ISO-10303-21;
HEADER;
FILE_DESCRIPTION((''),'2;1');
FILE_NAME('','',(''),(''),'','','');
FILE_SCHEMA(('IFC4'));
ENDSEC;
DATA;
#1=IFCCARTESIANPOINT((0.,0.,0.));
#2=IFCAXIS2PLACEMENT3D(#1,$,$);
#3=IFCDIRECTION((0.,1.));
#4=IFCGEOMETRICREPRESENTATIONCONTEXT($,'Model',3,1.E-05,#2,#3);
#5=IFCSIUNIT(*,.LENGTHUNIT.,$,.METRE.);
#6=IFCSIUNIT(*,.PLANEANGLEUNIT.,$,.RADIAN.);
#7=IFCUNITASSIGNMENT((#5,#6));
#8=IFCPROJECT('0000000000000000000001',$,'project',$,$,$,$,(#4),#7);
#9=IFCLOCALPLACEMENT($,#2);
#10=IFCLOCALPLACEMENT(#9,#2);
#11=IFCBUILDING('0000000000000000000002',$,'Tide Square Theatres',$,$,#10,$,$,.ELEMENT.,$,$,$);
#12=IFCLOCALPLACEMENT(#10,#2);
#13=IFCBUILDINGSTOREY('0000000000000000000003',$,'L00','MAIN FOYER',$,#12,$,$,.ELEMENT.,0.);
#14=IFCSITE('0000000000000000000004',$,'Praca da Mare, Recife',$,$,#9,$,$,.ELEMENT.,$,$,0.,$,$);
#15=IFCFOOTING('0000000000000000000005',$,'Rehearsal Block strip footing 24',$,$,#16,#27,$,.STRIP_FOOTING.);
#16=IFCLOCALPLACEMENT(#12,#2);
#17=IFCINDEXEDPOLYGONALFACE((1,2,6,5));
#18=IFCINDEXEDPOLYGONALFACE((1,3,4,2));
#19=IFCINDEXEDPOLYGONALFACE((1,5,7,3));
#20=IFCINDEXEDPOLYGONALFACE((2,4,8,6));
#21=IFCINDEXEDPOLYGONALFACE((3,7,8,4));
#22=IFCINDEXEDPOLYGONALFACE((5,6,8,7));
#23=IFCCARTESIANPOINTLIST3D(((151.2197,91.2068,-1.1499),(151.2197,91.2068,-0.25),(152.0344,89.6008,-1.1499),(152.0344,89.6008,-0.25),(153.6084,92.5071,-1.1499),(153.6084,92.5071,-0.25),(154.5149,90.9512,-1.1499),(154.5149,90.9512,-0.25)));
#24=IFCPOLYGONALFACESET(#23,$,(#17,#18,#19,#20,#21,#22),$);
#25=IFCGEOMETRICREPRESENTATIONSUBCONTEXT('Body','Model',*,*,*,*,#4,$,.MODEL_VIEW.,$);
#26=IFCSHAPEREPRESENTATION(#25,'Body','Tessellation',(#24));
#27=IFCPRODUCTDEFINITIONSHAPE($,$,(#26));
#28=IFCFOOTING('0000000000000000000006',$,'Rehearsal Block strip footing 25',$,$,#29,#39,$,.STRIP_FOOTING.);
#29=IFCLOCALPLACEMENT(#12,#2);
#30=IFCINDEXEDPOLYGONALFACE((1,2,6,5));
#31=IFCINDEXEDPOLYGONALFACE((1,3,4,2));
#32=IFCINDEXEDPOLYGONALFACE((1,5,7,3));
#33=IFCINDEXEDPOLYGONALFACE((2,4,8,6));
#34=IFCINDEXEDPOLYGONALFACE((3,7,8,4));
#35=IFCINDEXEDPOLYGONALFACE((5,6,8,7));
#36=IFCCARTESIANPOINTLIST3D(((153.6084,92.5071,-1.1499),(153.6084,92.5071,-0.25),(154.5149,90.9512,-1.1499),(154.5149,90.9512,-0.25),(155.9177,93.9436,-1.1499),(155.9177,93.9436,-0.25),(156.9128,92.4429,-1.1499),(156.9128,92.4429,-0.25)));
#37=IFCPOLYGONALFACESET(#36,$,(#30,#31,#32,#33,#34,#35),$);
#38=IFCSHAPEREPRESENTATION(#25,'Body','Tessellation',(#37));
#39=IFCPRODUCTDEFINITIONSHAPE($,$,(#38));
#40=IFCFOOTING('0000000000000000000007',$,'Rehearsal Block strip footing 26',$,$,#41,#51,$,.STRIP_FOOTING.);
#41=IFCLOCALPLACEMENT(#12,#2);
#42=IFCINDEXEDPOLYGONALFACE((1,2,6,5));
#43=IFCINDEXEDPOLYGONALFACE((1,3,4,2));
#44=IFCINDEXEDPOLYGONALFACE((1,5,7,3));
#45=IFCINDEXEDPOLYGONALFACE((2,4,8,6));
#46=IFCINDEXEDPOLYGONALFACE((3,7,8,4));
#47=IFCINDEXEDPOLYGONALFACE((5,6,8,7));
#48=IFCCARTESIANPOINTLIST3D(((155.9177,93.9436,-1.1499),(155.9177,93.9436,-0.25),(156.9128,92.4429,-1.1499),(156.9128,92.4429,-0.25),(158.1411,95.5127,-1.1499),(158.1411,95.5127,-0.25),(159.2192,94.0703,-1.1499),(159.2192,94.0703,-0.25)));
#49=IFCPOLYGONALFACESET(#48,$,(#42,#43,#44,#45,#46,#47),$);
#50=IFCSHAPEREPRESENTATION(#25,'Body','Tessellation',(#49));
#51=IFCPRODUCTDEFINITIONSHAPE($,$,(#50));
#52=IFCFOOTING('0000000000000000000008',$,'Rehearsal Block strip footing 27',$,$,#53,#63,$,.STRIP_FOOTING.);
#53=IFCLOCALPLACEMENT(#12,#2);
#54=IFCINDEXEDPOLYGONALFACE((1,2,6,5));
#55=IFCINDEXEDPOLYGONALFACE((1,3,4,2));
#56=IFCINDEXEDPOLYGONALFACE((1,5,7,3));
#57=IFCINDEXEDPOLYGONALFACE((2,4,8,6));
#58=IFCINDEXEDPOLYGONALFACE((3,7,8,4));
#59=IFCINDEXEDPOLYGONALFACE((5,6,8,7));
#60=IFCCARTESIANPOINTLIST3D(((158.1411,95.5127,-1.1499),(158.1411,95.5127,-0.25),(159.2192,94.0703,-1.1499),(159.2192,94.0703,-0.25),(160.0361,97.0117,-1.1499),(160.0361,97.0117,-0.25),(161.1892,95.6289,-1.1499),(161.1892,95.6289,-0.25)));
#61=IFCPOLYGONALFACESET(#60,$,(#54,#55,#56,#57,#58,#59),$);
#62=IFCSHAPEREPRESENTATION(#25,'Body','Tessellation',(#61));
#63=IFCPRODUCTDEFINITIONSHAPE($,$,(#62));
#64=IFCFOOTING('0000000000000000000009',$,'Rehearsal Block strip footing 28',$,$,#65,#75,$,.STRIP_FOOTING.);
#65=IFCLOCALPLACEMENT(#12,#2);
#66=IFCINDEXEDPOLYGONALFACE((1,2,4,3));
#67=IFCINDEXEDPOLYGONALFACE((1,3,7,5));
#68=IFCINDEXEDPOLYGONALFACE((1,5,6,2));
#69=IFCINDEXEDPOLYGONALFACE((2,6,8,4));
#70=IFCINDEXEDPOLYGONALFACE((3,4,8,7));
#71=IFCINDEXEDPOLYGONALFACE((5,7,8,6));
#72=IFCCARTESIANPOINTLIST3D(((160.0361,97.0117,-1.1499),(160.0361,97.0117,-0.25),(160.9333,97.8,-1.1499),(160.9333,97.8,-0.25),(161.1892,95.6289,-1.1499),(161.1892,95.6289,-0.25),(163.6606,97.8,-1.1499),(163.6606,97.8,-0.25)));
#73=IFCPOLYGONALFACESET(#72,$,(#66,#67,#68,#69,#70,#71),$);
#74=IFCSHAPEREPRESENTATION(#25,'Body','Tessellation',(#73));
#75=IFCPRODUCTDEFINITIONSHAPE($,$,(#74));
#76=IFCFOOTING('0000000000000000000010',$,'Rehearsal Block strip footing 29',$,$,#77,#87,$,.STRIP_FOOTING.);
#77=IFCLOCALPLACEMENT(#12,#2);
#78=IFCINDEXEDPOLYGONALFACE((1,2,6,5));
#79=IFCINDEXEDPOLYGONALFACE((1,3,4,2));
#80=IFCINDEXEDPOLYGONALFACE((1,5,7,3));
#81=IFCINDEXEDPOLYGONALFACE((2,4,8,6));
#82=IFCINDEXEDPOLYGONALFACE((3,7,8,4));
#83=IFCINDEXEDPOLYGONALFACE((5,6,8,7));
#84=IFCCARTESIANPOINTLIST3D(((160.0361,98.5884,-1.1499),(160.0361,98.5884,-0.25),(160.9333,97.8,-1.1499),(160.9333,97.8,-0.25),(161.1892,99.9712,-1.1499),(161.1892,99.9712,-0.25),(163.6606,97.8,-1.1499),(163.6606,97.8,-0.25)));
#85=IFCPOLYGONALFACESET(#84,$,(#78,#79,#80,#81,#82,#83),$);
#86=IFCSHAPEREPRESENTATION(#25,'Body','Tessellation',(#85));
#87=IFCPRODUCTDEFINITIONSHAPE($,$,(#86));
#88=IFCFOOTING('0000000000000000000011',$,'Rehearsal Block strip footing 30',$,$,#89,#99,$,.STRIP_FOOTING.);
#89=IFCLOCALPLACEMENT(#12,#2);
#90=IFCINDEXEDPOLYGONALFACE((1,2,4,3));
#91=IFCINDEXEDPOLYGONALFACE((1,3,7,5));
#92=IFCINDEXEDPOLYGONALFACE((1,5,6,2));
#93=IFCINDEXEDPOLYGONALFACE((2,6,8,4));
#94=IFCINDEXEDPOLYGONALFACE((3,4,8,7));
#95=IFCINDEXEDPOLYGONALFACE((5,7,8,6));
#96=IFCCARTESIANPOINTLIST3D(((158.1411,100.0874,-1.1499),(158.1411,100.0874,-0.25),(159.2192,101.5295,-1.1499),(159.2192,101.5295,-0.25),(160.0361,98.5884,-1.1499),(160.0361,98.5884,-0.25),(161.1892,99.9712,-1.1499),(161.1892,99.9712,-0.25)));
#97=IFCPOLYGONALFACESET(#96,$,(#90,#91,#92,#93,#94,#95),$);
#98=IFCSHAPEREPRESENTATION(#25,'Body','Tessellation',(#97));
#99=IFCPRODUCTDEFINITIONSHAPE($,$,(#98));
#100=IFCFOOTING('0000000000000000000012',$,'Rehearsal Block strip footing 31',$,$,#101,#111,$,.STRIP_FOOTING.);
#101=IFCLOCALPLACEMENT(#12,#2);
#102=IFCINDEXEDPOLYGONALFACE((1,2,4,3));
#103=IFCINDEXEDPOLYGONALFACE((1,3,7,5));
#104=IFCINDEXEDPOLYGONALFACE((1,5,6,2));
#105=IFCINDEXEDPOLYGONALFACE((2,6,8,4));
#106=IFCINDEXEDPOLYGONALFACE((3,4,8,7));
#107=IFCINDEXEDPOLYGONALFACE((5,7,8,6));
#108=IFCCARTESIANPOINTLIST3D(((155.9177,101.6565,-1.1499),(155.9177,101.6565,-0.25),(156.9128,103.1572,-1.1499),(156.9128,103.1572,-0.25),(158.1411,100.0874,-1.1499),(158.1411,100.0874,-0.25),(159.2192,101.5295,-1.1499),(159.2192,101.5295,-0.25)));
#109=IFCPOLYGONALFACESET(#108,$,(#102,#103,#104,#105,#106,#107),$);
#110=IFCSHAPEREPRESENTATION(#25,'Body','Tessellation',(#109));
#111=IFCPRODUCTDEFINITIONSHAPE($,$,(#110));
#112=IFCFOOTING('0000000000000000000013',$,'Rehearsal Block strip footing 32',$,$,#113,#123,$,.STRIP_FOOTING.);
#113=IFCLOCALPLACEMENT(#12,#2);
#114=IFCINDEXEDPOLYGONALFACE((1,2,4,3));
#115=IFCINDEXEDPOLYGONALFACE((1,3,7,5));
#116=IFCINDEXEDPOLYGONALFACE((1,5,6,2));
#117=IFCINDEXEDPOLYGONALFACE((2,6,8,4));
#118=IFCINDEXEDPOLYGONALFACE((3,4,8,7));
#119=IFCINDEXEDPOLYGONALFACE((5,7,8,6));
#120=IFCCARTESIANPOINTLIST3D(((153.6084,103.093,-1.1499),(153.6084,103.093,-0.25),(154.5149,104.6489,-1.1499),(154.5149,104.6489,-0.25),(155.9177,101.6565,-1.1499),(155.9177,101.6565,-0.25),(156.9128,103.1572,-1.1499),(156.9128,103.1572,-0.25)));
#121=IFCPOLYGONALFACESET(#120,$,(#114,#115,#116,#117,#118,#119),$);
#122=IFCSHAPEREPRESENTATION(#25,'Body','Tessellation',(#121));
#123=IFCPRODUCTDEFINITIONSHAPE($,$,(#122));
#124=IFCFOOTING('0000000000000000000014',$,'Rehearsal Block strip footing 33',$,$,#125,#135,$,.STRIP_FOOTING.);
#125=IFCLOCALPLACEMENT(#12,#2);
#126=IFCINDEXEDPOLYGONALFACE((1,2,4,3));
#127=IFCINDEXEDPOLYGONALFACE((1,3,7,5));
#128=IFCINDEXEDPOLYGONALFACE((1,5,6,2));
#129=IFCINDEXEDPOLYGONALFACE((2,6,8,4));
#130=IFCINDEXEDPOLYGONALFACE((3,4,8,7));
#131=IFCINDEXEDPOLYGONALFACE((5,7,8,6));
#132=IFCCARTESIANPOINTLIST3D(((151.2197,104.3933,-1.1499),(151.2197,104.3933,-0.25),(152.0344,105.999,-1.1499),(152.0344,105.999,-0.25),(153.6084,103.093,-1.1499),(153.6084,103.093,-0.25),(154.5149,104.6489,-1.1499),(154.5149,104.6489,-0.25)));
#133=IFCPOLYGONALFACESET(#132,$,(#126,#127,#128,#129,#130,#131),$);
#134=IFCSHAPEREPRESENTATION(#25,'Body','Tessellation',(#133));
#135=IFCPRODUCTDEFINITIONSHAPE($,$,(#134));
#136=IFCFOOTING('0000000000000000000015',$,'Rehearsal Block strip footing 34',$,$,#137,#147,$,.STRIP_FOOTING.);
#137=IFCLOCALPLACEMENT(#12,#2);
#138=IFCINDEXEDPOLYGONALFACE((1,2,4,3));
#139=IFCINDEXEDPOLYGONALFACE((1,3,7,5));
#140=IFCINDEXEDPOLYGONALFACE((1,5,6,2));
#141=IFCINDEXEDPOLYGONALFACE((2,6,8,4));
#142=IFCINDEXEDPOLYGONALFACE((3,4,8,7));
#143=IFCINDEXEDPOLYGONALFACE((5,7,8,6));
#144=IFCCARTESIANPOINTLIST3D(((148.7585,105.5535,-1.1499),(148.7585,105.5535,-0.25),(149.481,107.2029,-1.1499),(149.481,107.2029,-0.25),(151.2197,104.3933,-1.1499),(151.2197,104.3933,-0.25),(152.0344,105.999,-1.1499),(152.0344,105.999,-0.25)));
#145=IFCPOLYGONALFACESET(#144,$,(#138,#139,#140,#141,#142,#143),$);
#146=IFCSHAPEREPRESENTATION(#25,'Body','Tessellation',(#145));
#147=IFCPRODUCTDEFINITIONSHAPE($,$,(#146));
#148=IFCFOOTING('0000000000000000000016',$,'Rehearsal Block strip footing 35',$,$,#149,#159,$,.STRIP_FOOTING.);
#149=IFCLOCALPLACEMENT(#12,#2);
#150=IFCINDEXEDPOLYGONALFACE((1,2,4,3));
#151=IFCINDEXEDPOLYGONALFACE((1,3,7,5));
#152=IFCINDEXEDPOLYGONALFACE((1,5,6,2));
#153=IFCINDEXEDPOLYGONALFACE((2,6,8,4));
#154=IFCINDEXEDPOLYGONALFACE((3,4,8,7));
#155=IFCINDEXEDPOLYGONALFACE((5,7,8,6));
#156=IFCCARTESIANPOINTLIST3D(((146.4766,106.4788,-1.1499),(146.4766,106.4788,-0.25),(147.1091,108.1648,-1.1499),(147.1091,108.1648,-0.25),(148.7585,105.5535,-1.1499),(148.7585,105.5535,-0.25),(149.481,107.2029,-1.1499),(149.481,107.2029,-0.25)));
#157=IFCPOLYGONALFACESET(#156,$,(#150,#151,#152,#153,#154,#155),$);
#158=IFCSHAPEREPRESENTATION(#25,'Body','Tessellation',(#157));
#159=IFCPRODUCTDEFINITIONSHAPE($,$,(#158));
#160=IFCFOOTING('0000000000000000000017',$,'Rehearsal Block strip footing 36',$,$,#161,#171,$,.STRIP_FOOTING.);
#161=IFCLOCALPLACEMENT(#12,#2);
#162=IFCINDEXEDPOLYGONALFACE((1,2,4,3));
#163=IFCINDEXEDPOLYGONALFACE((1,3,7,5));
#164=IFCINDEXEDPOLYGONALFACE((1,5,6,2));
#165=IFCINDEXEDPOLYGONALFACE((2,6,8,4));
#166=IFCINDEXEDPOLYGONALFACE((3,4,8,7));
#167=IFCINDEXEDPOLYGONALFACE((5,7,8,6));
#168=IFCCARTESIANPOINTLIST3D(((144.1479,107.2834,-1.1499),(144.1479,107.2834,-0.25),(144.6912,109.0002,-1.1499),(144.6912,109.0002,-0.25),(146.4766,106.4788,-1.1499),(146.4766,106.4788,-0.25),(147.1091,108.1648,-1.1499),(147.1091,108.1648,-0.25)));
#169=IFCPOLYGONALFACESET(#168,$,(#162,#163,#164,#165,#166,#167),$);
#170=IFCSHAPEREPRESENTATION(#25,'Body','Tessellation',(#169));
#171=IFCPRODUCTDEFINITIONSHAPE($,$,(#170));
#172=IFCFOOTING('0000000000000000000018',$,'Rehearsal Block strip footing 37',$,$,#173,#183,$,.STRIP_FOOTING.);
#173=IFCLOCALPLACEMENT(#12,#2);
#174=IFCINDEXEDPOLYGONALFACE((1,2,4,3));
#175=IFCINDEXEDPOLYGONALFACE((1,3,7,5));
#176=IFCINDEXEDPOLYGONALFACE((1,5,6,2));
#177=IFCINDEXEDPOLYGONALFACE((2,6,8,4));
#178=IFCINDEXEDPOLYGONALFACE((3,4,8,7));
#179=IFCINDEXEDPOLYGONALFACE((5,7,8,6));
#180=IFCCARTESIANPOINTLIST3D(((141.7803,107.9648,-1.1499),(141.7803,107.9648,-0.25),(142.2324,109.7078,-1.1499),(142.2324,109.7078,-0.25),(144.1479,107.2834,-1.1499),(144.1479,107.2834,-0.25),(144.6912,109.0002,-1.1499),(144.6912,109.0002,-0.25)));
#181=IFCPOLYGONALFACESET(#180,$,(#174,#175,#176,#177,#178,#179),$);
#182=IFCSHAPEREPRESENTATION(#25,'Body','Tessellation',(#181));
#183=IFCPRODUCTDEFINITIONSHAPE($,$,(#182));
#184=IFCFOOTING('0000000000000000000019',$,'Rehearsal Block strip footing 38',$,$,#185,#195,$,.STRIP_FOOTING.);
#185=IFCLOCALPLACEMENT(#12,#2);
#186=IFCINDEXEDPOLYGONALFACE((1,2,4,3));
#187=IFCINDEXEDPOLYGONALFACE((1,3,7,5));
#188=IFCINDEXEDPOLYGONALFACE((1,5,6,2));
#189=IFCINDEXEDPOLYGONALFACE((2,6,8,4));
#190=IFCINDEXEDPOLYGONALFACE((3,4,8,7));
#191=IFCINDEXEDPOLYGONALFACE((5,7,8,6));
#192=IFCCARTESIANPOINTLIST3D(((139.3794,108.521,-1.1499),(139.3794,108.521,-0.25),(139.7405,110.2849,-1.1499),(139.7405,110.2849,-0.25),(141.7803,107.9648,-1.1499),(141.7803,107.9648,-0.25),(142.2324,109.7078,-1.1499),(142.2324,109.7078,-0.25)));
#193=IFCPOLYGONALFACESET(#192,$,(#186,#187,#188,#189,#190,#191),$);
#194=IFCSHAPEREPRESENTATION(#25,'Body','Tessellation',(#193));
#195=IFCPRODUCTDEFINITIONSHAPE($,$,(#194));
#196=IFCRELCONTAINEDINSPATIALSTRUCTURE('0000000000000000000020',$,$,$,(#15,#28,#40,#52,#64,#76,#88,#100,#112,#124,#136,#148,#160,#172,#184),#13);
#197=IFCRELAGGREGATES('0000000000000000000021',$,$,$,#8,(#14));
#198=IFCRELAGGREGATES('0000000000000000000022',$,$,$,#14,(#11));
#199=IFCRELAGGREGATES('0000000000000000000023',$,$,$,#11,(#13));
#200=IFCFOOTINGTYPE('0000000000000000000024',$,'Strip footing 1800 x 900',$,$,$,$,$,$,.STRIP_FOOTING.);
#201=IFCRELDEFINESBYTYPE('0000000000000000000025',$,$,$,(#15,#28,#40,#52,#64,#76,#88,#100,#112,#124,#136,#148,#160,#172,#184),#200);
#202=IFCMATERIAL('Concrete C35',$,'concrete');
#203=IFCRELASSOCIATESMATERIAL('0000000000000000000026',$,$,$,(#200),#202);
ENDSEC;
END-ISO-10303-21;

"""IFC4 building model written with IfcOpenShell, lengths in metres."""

from ifc_helpers import new_model, si_unit, direction, frame, origin, place, context, subcontext, project, spatial, polyline, outline, extrude, material, type_object, element, save


model = new_model("IFC4")

# Units and contexts
model_context = context("Model", 3, precision=1e-05, world=origin(), true_north=direction((0.0, 1.0)))
body_context = subcontext(model_context, "Body", "Model", "MODEL_VIEW")
ifc_project = project(units=[si_unit("LENGTHUNIT", "METRE"), si_unit("PLANEANGLEUNIT", "RADIAN")], contexts=[model_context])

# Site, building, storey
site_placement = place(None, origin())
site = spatial("IfcSite", under=ifc_project, at=site_placement, Name="Praca da Mare, Recife", CompositionType="ELEMENT", RefElevation=0.0)
building_placement = place(site_placement, origin())
building = spatial("IfcBuilding", under=site, at=building_placement, Name="Tide Square Theatres", CompositionType="ELEMENT")
storey_placement = place(building_placement, origin())
storey = spatial("IfcBuildingStorey", under=building, at=storey_placement, Name="L00", Description="MAIN FOYER", CompositionType="ELEMENT", Elevation=0.0)

# Footings
ifc_material = material(Name="Concrete C35", Category="concrete")
footing_type = type_object("IfcFootingType", Name="Strip footing 1800 x 900", PredefinedType="STRIP_FOOTING", material=ifc_material)
footing_1_placement = place(storey_placement, frame((0.0, 0.0, -1.1499)))
element("IfcFooting", 1, at=footing_1_placement, inside=storey, type_object=footing_type, Name="Rehearsal Block strip footing 24", PredefinedType="STRIP_FOOTING", context=body_context, shape_type="SweptSolid", body=[
    extrude(outline(polyline([(152.0344, 89.6008), (154.5149, 90.9512), (153.6084, 92.5071), (151.2197, 91.2068), (152.0344, 89.6008)])), origin(), (0.0, 0.0, 1.0), 0.8999),
])
footing_2_placement = place(storey_placement, frame((0.0, 0.0, -1.1499)))
element("IfcFooting", 2, at=footing_2_placement, inside=storey, type_object=footing_type, Name="Rehearsal Block strip footing 25", PredefinedType="STRIP_FOOTING", context=body_context, shape_type="SweptSolid", body=[
    extrude(outline(polyline([(154.5149, 90.9512), (156.9128, 92.4429), (155.9177, 93.9436), (153.6084, 92.5071), (154.5149, 90.9512)])), origin(), (0.0, 0.0, 1.0), 0.8999),
])
footing_3_placement = place(storey_placement, frame((0.0, 0.0, -1.1499)))
element("IfcFooting", 3, at=footing_3_placement, inside=storey, type_object=footing_type, Name="Rehearsal Block strip footing 26", PredefinedType="STRIP_FOOTING", context=body_context, shape_type="SweptSolid", body=[
    extrude(outline(polyline([(156.9128, 92.4429), (159.2192, 94.0703), (158.1411, 95.5127), (155.9177, 93.9436), (156.9128, 92.4429)])), origin(), (0.0, 0.0, 1.0), 0.8999),
])
footing_4_placement = place(storey_placement, frame((0.0, 0.0, -1.1499)))
element("IfcFooting", 4, at=footing_4_placement, inside=storey, type_object=footing_type, Name="Rehearsal Block strip footing 27", PredefinedType="STRIP_FOOTING", context=body_context, shape_type="SweptSolid", body=[
    extrude(outline(polyline([(159.2192, 94.0703), (161.1892, 95.6289), (160.0361, 97.0117), (158.1411, 95.5127), (159.2192, 94.0703)])), origin(), (0.0, 0.0, 1.0), 0.8999),
])
footing_5_placement = place(storey_placement, frame((0.0, 0.0, -1.1499)))
element("IfcFooting", 5, at=footing_5_placement, inside=storey, type_object=footing_type, Name="Rehearsal Block strip footing 28", PredefinedType="STRIP_FOOTING", context=body_context, shape_type="SweptSolid", body=[
    extrude(outline(polyline([(161.1892, 95.6289), (163.6606, 97.8), (160.9333, 97.8), (160.0361, 97.0117), (161.1892, 95.6289)])), origin(), (0.0, 0.0, 1.0), 0.8999),
])
footing_6_placement = place(storey_placement, frame((0.0, 0.0, -1.1499)))
element("IfcFooting", 6, at=footing_6_placement, inside=storey, type_object=footing_type, Name="Rehearsal Block strip footing 29", PredefinedType="STRIP_FOOTING", context=body_context, shape_type="SweptSolid", body=[
    extrude(outline(polyline([(163.6606, 97.8), (161.1892, 99.9712), (160.0361, 98.5884), (160.9333, 97.8), (163.6606, 97.8)])), origin(), (0.0, 0.0, 1.0), 0.8999),
])
footing_7_placement = place(storey_placement, frame((0.0, 0.0, -1.1499)))
element("IfcFooting", 7, at=footing_7_placement, inside=storey, type_object=footing_type, Name="Rehearsal Block strip footing 30", PredefinedType="STRIP_FOOTING", context=body_context, shape_type="SweptSolid", body=[
    extrude(outline(polyline([(161.1892, 99.9712), (159.2192, 101.5295), (158.1411, 100.0874), (160.0361, 98.5884), (161.1892, 99.9712)])), origin(), (0.0, 0.0, 1.0), 0.8999),
])
footing_8_placement = place(storey_placement, frame((0.0, 0.0, -1.1499)))
element("IfcFooting", 8, at=footing_8_placement, inside=storey, type_object=footing_type, Name="Rehearsal Block strip footing 31", PredefinedType="STRIP_FOOTING", context=body_context, shape_type="SweptSolid", body=[
    extrude(outline(polyline([(159.2192, 101.5295), (156.9128, 103.1572), (155.9177, 101.6565), (158.1411, 100.0874), (159.2192, 101.5295)])), origin(), (0.0, 0.0, 1.0), 0.8999),
])
footing_9_placement = place(storey_placement, frame((0.0, 0.0, -1.1499)))
element("IfcFooting", 9, at=footing_9_placement, inside=storey, type_object=footing_type, Name="Rehearsal Block strip footing 32", PredefinedType="STRIP_FOOTING", context=body_context, shape_type="SweptSolid", body=[
    extrude(outline(polyline([(156.9128, 103.1572), (154.5149, 104.6489), (153.6084, 103.093), (155.9177, 101.6565), (156.9128, 103.1572)])), origin(), (0.0, 0.0, 1.0), 0.8999),
])
footing_10_placement = place(storey_placement, frame((0.0, 0.0, -1.1499)))
element("IfcFooting", 10, at=footing_10_placement, inside=storey, type_object=footing_type, Name="Rehearsal Block strip footing 33", PredefinedType="STRIP_FOOTING", context=body_context, shape_type="SweptSolid", body=[
    extrude(outline(polyline([(154.5149, 104.6489), (152.0344, 105.999), (151.2197, 104.3933), (153.6084, 103.093), (154.5149, 104.6489)])), origin(), (0.0, 0.0, 1.0), 0.8999),
])
footing_11_placement = place(storey_placement, frame((0.0, 0.0, -1.1499)))
element("IfcFooting", 11, at=footing_11_placement, inside=storey, type_object=footing_type, Name="Rehearsal Block strip footing 34", PredefinedType="STRIP_FOOTING", context=body_context, shape_type="SweptSolid", body=[
    extrude(outline(polyline([(152.0344, 105.999), (149.481, 107.2029), (148.7585, 105.5535), (151.2197, 104.3933), (152.0344, 105.999)])), origin(), (0.0, 0.0, 1.0), 0.8999),
])
footing_12_placement = place(storey_placement, frame((0.0, 0.0, -1.1499)))
element("IfcFooting", 12, at=footing_12_placement, inside=storey, type_object=footing_type, Name="Rehearsal Block strip footing 35", PredefinedType="STRIP_FOOTING", context=body_context, shape_type="SweptSolid", body=[
    extrude(outline(polyline([(149.481, 107.2029), (147.1091, 108.1648), (146.4766, 106.4788), (148.7585, 105.5535), (149.481, 107.2029)])), origin(), (0.0, 0.0, 1.0), 0.8999),
])
footing_13_placement = place(storey_placement, frame((0.0, 0.0, -1.1499)))
element("IfcFooting", 13, at=footing_13_placement, inside=storey, type_object=footing_type, Name="Rehearsal Block strip footing 36", PredefinedType="STRIP_FOOTING", context=body_context, shape_type="SweptSolid", body=[
    extrude(outline(polyline([(147.1091, 108.1648), (144.6912, 109.0002), (144.1479, 107.2834), (146.4766, 106.4788), (147.1091, 108.1648)])), origin(), (0.0, 0.0, 1.0), 0.8999),
])
footing_14_placement = place(storey_placement, frame((0.0, 0.0, -1.1499)))
element("IfcFooting", 14, at=footing_14_placement, inside=storey, type_object=footing_type, Name="Rehearsal Block strip footing 37", PredefinedType="STRIP_FOOTING", context=body_context, shape_type="SweptSolid", body=[
    extrude(outline(polyline([(144.6912, 109.0002), (142.2324, 109.7078), (141.7803, 107.9648), (144.1479, 107.2834), (144.6912, 109.0002)])), origin(), (0.0, 0.0, 1.0), 0.8999),
])
footing_15_placement = place(storey_placement, frame((0.0, 0.0, -1.1499)))
element("IfcFooting", 15, at=footing_15_placement, inside=storey, type_object=footing_type, Name="Rehearsal Block strip footing 38", PredefinedType="STRIP_FOOTING", context=body_context, shape_type="SweptSolid", body=[
    extrude(outline(polyline([(142.2324, 109.7078), (139.7405, 110.2849), (139.3794, 108.521), (141.7803, 107.9648), (142.2324, 109.7078)])), origin(), (0.0, 0.0, 1.0), 0.8999),
])

save(model, "model.ifc")
